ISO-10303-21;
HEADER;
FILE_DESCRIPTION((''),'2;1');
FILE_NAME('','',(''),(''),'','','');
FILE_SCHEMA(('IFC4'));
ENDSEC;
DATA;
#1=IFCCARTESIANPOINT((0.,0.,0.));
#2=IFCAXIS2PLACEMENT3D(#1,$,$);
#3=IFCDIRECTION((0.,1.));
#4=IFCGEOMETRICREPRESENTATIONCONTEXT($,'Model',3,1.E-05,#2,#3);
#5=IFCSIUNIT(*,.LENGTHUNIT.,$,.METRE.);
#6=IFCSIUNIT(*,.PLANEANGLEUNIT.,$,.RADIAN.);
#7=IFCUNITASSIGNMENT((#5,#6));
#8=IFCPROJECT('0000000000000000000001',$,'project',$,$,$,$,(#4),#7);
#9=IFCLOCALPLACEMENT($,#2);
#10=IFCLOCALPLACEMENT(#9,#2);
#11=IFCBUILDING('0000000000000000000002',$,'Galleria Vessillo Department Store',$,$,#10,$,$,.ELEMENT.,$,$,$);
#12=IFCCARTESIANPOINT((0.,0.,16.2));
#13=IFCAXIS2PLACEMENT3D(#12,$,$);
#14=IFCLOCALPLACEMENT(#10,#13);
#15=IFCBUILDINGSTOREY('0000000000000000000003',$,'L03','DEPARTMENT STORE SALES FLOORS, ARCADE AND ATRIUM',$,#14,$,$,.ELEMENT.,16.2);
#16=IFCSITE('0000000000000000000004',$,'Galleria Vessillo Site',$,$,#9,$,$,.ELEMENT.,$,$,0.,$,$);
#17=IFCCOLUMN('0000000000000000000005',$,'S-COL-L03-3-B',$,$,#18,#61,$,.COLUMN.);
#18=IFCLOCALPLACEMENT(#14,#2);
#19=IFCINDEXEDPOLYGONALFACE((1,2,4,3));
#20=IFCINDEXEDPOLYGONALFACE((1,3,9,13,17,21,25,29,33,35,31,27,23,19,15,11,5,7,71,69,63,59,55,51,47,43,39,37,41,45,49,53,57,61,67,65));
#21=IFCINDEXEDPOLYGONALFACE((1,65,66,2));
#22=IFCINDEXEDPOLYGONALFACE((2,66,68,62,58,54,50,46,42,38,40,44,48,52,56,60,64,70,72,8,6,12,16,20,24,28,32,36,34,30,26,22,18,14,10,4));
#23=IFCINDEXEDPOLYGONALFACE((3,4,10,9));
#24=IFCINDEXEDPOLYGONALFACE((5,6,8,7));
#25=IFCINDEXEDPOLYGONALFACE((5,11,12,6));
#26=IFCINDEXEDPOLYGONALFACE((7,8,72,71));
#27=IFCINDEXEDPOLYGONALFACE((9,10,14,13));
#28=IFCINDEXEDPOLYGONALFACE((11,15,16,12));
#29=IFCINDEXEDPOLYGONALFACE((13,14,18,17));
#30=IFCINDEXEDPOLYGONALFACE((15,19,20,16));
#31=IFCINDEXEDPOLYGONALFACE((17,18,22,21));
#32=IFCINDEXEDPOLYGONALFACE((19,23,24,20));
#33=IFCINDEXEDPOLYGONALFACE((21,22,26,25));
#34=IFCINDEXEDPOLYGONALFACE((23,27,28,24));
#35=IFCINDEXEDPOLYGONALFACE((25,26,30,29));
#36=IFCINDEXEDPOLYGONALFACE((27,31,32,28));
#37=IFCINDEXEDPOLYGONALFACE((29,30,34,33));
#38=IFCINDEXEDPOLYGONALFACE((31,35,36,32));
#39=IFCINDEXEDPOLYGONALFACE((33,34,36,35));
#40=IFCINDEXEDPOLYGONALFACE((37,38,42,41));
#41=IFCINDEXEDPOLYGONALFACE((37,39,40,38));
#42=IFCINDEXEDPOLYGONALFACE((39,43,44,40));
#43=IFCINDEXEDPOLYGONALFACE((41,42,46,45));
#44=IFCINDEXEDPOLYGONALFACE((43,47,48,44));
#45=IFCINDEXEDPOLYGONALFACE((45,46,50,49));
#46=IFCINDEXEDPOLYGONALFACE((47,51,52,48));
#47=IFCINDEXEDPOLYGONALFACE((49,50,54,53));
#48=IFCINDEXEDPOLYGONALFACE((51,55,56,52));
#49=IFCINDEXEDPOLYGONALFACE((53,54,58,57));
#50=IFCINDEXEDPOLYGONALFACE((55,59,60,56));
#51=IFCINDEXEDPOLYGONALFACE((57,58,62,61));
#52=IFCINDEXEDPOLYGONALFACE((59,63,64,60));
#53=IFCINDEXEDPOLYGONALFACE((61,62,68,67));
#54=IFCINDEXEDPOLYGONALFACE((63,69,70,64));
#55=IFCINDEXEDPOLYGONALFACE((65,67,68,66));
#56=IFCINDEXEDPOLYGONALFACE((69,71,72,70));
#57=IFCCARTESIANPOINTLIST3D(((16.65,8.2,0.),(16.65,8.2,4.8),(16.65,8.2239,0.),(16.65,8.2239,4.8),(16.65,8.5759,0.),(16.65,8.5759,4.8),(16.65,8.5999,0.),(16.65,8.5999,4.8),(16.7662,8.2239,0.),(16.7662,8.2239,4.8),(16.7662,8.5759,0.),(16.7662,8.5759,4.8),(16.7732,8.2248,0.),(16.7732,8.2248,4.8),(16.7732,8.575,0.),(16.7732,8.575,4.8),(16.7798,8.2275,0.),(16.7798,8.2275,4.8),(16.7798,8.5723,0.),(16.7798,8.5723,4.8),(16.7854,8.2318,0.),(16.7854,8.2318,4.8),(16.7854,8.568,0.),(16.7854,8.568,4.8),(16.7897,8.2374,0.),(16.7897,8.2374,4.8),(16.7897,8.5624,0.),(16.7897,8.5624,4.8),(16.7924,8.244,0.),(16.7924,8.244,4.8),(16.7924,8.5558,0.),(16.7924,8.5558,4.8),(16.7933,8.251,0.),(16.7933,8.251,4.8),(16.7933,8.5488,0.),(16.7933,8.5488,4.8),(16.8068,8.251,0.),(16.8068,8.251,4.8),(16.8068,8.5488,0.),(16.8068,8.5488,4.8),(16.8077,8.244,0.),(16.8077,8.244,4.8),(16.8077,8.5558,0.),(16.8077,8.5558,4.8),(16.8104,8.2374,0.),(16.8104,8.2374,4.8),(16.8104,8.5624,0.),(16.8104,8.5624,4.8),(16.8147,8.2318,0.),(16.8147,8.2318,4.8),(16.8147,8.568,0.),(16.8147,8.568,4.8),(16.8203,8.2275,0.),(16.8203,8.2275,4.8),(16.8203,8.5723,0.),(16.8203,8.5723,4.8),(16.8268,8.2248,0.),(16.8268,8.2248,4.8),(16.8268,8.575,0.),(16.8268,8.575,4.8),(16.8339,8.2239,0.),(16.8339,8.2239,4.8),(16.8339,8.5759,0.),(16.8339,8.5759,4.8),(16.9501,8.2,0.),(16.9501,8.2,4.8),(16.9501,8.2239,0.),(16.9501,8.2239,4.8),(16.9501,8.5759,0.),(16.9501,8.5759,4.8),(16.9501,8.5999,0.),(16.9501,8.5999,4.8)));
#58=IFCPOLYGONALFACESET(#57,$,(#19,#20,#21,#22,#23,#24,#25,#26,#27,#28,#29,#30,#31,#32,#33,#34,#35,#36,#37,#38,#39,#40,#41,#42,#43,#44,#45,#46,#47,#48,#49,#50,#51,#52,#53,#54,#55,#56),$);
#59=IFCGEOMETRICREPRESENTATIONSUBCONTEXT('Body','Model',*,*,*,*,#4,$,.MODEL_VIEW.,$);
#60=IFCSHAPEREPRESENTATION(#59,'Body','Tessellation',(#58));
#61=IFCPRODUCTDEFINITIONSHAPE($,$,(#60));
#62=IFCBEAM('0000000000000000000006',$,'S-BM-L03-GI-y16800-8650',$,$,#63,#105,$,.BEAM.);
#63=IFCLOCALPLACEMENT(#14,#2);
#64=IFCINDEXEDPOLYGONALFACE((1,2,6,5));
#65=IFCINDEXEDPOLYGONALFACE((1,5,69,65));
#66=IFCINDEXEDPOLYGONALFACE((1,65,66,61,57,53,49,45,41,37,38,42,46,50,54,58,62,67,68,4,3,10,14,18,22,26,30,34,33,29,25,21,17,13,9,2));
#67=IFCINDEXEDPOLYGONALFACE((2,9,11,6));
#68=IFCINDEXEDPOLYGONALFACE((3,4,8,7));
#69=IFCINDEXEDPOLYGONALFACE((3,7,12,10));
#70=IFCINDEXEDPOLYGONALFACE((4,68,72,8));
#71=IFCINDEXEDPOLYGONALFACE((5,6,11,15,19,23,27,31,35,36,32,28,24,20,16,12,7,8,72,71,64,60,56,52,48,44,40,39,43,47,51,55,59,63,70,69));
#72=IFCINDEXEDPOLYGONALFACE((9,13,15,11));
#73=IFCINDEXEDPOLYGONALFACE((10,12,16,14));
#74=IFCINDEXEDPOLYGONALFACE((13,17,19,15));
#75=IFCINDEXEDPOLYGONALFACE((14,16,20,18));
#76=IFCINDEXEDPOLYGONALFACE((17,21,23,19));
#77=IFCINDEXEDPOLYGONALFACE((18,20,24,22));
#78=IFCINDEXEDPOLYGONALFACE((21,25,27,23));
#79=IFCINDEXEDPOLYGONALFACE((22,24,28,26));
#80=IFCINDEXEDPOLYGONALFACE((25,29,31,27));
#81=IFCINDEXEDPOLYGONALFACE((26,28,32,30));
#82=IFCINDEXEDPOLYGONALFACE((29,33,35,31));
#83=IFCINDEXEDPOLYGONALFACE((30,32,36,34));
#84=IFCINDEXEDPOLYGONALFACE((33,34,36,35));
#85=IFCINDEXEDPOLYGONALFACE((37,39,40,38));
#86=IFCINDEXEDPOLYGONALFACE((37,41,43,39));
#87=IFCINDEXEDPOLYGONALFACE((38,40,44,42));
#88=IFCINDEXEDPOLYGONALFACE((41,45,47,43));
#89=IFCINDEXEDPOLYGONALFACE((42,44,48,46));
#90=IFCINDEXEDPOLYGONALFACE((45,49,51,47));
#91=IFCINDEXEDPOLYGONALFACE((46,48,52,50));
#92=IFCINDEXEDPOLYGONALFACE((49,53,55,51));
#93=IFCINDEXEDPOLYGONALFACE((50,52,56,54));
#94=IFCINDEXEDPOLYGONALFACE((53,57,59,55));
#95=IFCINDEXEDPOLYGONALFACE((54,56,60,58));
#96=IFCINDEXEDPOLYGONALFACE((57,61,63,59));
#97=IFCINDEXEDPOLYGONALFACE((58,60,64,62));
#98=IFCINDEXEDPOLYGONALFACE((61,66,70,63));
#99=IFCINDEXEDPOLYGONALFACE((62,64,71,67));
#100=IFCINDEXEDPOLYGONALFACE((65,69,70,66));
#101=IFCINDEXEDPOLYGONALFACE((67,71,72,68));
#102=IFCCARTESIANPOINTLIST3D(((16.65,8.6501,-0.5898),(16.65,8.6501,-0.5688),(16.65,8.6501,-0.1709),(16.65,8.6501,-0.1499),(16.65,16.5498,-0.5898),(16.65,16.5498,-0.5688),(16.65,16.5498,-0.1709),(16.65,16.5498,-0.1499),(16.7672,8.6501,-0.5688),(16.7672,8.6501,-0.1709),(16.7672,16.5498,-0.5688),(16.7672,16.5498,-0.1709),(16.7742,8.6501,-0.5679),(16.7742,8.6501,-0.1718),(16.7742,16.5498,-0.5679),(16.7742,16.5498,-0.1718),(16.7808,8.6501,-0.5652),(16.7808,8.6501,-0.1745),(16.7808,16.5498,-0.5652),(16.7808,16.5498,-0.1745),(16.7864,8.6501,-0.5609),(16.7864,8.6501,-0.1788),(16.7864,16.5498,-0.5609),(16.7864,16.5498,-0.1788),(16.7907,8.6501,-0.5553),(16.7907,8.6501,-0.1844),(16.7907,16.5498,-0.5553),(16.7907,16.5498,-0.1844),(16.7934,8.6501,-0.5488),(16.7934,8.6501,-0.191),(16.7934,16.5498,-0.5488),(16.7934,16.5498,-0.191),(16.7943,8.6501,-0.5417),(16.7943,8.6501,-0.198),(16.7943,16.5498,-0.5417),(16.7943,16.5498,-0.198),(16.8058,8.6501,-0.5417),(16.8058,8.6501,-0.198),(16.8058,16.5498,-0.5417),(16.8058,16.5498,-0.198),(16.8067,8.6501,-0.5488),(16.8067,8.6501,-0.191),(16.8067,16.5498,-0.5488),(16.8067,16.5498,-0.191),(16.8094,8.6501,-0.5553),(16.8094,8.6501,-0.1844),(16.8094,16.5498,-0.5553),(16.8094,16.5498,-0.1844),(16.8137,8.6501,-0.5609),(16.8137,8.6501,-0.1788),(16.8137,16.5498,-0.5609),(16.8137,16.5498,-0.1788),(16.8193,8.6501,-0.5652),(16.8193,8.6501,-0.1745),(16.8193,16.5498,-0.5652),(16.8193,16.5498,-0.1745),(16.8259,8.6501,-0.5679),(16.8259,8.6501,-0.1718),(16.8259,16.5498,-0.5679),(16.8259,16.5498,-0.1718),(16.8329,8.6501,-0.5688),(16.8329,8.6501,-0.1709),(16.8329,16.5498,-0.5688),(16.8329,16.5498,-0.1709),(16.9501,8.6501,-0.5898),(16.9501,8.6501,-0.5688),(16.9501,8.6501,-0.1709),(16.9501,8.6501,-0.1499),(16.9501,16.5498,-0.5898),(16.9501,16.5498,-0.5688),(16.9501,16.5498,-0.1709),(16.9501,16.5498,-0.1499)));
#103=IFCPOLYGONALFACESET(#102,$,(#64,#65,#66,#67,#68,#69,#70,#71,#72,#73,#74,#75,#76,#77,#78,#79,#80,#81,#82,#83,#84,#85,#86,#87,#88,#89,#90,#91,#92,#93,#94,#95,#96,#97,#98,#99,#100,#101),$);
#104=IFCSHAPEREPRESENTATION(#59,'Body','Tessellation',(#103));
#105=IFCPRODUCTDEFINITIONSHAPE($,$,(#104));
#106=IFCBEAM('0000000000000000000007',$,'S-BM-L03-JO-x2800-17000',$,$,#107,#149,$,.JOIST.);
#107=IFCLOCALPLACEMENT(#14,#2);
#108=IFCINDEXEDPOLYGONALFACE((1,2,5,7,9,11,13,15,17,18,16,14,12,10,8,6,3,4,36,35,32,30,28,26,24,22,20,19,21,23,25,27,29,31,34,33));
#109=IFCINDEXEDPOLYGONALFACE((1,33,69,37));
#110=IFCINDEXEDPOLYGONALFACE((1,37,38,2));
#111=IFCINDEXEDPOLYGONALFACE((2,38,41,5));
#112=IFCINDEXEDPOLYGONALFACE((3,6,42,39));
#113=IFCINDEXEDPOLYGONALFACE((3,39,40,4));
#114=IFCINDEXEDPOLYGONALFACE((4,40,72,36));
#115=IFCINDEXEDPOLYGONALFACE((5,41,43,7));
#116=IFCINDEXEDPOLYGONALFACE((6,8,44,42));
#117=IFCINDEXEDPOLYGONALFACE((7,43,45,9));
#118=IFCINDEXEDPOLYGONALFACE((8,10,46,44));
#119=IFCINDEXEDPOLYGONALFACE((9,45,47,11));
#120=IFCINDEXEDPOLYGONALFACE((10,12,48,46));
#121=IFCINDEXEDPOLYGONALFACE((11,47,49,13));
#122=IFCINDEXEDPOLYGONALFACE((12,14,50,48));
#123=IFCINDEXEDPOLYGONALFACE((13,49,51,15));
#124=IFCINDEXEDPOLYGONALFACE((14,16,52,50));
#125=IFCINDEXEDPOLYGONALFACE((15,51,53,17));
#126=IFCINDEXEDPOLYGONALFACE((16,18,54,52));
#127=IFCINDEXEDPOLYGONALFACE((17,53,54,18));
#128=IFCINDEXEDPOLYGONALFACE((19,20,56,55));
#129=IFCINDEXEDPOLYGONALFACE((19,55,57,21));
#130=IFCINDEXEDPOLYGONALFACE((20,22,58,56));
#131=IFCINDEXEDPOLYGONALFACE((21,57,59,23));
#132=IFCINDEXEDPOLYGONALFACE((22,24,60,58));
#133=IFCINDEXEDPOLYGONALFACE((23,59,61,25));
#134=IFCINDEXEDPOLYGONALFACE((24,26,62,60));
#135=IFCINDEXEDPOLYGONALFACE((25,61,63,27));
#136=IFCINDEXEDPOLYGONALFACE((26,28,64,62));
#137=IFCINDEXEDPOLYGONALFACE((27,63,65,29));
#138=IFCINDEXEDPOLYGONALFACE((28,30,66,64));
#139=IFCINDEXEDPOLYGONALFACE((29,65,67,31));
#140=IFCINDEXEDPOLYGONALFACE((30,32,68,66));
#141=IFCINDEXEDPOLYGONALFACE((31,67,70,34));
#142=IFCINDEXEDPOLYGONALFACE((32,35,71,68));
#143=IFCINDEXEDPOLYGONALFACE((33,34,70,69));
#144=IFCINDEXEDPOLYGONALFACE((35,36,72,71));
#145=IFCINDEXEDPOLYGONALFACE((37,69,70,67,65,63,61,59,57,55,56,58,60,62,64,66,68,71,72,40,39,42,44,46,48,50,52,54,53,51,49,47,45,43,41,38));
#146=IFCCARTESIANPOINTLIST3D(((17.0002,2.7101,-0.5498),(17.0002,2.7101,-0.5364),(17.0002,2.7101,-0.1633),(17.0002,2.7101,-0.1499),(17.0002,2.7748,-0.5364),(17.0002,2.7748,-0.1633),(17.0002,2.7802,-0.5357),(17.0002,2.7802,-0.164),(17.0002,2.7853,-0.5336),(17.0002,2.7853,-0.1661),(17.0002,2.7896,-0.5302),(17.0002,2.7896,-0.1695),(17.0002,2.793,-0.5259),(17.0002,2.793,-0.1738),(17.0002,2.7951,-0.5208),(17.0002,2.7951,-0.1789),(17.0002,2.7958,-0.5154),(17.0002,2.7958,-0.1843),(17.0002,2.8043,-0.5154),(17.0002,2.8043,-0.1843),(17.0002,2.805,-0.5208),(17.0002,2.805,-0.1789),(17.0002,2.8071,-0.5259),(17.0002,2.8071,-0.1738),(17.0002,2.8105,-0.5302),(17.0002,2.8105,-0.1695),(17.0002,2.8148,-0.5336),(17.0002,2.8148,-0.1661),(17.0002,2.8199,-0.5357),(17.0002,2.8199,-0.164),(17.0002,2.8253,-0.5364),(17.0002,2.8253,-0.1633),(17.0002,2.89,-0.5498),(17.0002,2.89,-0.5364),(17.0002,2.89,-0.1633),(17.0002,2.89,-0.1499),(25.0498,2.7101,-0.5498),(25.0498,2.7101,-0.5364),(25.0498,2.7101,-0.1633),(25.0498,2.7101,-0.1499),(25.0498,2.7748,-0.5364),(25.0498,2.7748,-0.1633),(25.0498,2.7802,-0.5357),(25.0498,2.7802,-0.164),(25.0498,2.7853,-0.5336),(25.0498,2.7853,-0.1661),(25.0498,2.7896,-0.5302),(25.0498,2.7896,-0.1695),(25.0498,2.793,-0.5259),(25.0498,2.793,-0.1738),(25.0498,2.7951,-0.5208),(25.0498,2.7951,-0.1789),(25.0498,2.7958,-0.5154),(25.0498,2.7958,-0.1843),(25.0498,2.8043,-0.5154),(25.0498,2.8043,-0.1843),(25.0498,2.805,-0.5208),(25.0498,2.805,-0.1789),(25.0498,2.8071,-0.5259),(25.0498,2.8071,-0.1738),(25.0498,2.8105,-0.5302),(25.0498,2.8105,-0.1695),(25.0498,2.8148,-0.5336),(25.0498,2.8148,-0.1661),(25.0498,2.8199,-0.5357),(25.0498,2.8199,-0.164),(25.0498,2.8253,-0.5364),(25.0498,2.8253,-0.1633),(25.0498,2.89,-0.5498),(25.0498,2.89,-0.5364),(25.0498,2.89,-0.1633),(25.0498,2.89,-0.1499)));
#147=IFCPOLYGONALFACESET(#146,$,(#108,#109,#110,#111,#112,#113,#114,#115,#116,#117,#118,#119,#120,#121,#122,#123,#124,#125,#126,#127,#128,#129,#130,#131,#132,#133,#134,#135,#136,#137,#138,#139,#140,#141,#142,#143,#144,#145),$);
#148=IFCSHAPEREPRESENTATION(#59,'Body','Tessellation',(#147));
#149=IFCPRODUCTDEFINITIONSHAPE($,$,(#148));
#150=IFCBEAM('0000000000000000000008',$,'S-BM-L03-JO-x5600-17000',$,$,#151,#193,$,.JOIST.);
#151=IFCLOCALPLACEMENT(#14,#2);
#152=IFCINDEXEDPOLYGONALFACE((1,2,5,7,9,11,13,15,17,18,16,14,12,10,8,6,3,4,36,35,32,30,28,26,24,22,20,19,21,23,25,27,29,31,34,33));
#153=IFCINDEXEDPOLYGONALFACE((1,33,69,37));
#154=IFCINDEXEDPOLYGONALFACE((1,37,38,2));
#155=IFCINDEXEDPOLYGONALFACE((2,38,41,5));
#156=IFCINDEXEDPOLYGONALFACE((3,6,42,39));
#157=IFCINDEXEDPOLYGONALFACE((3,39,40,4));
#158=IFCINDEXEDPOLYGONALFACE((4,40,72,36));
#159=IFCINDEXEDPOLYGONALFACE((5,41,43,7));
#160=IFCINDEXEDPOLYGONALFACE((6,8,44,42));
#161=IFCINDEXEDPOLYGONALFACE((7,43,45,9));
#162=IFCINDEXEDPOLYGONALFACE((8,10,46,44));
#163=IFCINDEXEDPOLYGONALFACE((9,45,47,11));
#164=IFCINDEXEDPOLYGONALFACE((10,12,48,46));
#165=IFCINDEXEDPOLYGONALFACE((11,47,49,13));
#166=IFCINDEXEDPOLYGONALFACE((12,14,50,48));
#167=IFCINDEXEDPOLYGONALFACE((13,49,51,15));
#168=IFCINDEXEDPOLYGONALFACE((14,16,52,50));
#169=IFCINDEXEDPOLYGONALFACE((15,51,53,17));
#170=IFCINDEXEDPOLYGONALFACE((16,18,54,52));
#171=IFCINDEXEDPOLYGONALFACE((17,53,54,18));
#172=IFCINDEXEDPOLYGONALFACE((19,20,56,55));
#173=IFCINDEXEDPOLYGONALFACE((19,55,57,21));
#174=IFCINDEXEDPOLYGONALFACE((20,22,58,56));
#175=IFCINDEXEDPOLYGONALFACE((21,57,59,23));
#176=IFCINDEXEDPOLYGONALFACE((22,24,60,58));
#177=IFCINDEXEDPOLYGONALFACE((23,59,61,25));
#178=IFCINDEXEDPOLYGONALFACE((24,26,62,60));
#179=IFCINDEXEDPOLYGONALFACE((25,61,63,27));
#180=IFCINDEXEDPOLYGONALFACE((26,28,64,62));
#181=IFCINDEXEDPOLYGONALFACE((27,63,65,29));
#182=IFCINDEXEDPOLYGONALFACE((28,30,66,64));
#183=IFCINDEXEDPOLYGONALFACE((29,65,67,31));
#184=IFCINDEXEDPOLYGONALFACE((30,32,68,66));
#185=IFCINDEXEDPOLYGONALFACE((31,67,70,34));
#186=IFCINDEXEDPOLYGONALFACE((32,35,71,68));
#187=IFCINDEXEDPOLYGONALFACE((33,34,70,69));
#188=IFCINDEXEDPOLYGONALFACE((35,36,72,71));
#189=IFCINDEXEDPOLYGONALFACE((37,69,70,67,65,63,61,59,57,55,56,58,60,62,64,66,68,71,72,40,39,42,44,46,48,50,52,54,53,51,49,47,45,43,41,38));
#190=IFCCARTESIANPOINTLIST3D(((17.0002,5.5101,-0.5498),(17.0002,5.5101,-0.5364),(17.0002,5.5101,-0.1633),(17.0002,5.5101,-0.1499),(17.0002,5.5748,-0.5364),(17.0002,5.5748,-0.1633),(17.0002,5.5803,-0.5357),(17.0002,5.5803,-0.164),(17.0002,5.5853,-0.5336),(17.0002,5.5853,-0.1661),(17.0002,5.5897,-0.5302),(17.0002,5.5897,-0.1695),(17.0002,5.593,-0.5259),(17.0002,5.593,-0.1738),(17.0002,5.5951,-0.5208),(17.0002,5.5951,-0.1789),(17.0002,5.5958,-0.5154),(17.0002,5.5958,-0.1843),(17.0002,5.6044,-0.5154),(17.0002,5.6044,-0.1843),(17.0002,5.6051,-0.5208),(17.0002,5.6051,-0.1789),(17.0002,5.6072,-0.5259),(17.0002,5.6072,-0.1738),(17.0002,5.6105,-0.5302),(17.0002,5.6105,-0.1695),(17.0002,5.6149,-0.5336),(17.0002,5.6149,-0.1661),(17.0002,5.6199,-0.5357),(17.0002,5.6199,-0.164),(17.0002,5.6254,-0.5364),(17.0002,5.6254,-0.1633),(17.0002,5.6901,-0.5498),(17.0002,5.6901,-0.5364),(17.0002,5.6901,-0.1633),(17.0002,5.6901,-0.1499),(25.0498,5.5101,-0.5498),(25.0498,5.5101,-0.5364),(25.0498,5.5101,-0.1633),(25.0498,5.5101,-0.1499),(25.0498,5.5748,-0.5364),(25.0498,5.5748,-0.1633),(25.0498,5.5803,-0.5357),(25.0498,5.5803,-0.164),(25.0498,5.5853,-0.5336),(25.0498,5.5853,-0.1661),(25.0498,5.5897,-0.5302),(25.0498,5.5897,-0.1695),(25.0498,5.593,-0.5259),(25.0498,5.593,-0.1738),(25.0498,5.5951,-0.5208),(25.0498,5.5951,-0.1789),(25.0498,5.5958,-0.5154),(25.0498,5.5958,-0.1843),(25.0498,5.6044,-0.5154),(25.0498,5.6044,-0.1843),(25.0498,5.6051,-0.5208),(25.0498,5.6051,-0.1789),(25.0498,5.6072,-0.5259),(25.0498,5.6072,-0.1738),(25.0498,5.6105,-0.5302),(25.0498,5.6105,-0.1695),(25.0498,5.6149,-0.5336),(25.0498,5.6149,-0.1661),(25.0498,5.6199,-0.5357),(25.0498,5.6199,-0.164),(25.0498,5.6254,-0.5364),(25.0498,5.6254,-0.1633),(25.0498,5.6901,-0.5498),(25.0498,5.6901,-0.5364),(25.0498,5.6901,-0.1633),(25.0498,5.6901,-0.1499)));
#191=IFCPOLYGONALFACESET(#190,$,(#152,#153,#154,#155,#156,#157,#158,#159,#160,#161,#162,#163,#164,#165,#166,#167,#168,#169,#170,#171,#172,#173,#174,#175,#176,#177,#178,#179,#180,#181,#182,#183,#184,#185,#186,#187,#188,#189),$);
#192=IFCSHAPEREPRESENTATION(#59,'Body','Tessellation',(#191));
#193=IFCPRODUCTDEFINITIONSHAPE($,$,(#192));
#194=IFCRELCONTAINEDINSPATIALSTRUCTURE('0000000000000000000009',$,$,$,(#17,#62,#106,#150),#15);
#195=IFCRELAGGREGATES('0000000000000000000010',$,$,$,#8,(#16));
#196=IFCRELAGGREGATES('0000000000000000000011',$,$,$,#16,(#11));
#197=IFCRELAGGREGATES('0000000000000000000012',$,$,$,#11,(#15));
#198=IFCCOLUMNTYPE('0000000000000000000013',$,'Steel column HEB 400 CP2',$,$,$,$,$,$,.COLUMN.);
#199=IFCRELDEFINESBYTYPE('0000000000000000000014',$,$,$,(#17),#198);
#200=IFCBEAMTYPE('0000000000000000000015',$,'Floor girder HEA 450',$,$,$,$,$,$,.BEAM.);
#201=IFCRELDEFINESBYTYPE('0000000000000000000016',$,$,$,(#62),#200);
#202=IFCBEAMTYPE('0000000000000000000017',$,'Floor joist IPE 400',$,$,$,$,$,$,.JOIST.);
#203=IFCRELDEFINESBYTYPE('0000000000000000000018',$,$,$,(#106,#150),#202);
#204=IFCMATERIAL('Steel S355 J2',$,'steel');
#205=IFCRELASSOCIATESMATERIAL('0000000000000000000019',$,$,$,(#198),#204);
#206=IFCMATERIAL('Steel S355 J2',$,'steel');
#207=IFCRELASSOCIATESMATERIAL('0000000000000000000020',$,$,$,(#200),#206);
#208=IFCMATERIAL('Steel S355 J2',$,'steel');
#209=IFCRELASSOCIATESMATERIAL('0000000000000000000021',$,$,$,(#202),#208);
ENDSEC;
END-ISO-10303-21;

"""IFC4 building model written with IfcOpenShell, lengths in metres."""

from ifc_helpers import new_model, si_unit, direction, frame, origin, origin_2d, place, context, subcontext, project, spatial, i_section, extrude, material, material_profile, profile_set, type_object, element, save


model = new_model("IFC4")

# Units and contexts
model_context = context("Model", 3, precision=1e-05, world=origin(), true_north=direction((0.0, 1.0)))
body_context = subcontext(model_context, "Body", "Model", "MODEL_VIEW")
ifc_project = project(units=[si_unit("LENGTHUNIT", "METRE"), si_unit("PLANEANGLEUNIT", "RADIAN")], contexts=[model_context])

# Site, building, storey
site_placement = place(None, origin())
site = spatial("IfcSite", under=ifc_project, at=site_placement, Name="Galleria Vessillo Site", CompositionType="ELEMENT", RefElevation=0.0)
building_placement = place(site_placement, origin())
building = spatial("IfcBuilding", under=site, at=building_placement, Name="Galleria Vessillo Department Store", CompositionType="ELEMENT")
storey_placement = place(building_placement, frame((0.0, 0.0, 16.2)))
storey = spatial("IfcBuildingStorey", under=building, at=storey_placement, Name="L03", Description="DEPARTMENT STORE SALES FLOORS, ARCADE AND ATRIUM", CompositionType="ELEMENT", Elevation=16.2)

# Column
ifc_material_1 = material(Name="Steel S355 J2", Category="steel")
ifc_material_profile_1 = material_profile(ifc_material_1, i_section(OverallWidth=0.3, OverallDepth=0.3999, WebThickness=0.0134, FlangeThickness=0.0239, FilletRadius=0.0271, at=origin_2d()), Name="HEB 400")
ifc_profile_set_1 = profile_set([ifc_material_profile_1], Name="Steel S355 J2")
column_type = type_object("IfcColumnType", Name="Steel column HEB 400 CP2", PredefinedType="COLUMN", material=ifc_profile_set_1)
column_placement = place(storey_placement, frame((16.8, 8.3999, 0.0), z_axis=(0.0, 0.0, 1.0), x_axis=(1.0, 0.0, 0.0)))
element("IfcColumn", 1, at=column_placement, inside=storey, type_object=column_type, Name="S-COL-L03-3-B", PredefinedType="COLUMN", context=body_context, shape_type="SweptSolid", body=[
    extrude(i_section(OverallWidth=0.3, OverallDepth=0.3999, WebThickness=0.0134, FlangeThickness=0.0239, FilletRadius=0.0271, at=origin_2d()), origin(), (0.0, 0.0, 1.0), 4.8),
])

# Beams
ifc_material_2 = material(Name="Steel S355 J2", Category="steel")
ifc_material_profile_2 = material_profile(ifc_material_2, i_section(OverallWidth=0.3, OverallDepth=0.4399, WebThickness=0.0115, FlangeThickness=0.021, FilletRadius=0.0271, at=origin_2d()), Name="HEA 450")
ifc_profile_set_2 = profile_set([ifc_material_profile_2], Name="Steel S355 J2")
beam_type_1 = type_object("IfcBeamType", Name="Floor girder HEA 450", PredefinedType="BEAM", material=ifc_profile_set_2)
beam_1_placement = place(storey_placement, frame((16.8, 8.6501, -0.3699), z_axis=(0.0, 1.0, 0.0), x_axis=(-1.0, 0.0, 0.0)))
element("IfcBeam", 2, at=beam_1_placement, inside=storey, type_object=beam_type_1, Name="S-BM-L03-GI-y16800-8650", PredefinedType="BEAM", context=body_context, shape_type="SweptSolid", body=[
    extrude(i_section(OverallWidth=0.3, OverallDepth=0.4399, WebThickness=0.0115, FlangeThickness=0.021, FilletRadius=0.0271, at=origin_2d()), origin(), (0.0, 0.0, 1.0), 7.8997),
])
ifc_material_3 = material(Name="Steel S355 J2", Category="steel")
ifc_material_profile_3 = material_profile(ifc_material_3, i_section(OverallWidth=0.1799, OverallDepth=0.3999, WebThickness=0.0085, FlangeThickness=0.0134, FilletRadius=0.021, at=origin_2d()), Name="IPE 400")
ifc_profile_set_3 = profile_set([ifc_material_profile_3], Name="Steel S355 J2")
beam_type_2 = type_object("IfcBeamType", Name="Floor joist IPE 400", PredefinedType="JOIST", material=ifc_profile_set_3)
for number, where, z_axis, x_axis, name in (
    (3, (17.0002, 2.8, -0.3499), (1.0, 0.0, 0.0), (0.0, 1.0, 0.0), "S-BM-L03-JO-x2800-17000"),
    (4, (17.0002, 5.6001, -0.3499), (1.0, 0.0, 0.0), (0.0, 1.0, 0.0), "S-BM-L03-JO-x5600-17000"),
):
    element("IfcBeam", number, at=place(storey_placement, frame(where, z_axis=z_axis, x_axis=x_axis)), inside=storey, type_object=beam_type_2, Name=name, PredefinedType="JOIST", context=body_context, shape_type="SweptSolid", body=[
        extrude(i_section(OverallWidth=0.1799, OverallDepth=0.3999, WebThickness=0.0085, FlangeThickness=0.0134, FilletRadius=0.021, at=origin_2d()), origin(), (0.0, 0.0, 1.0), 8.0496),
    ])

save(model, "model.ifc")
